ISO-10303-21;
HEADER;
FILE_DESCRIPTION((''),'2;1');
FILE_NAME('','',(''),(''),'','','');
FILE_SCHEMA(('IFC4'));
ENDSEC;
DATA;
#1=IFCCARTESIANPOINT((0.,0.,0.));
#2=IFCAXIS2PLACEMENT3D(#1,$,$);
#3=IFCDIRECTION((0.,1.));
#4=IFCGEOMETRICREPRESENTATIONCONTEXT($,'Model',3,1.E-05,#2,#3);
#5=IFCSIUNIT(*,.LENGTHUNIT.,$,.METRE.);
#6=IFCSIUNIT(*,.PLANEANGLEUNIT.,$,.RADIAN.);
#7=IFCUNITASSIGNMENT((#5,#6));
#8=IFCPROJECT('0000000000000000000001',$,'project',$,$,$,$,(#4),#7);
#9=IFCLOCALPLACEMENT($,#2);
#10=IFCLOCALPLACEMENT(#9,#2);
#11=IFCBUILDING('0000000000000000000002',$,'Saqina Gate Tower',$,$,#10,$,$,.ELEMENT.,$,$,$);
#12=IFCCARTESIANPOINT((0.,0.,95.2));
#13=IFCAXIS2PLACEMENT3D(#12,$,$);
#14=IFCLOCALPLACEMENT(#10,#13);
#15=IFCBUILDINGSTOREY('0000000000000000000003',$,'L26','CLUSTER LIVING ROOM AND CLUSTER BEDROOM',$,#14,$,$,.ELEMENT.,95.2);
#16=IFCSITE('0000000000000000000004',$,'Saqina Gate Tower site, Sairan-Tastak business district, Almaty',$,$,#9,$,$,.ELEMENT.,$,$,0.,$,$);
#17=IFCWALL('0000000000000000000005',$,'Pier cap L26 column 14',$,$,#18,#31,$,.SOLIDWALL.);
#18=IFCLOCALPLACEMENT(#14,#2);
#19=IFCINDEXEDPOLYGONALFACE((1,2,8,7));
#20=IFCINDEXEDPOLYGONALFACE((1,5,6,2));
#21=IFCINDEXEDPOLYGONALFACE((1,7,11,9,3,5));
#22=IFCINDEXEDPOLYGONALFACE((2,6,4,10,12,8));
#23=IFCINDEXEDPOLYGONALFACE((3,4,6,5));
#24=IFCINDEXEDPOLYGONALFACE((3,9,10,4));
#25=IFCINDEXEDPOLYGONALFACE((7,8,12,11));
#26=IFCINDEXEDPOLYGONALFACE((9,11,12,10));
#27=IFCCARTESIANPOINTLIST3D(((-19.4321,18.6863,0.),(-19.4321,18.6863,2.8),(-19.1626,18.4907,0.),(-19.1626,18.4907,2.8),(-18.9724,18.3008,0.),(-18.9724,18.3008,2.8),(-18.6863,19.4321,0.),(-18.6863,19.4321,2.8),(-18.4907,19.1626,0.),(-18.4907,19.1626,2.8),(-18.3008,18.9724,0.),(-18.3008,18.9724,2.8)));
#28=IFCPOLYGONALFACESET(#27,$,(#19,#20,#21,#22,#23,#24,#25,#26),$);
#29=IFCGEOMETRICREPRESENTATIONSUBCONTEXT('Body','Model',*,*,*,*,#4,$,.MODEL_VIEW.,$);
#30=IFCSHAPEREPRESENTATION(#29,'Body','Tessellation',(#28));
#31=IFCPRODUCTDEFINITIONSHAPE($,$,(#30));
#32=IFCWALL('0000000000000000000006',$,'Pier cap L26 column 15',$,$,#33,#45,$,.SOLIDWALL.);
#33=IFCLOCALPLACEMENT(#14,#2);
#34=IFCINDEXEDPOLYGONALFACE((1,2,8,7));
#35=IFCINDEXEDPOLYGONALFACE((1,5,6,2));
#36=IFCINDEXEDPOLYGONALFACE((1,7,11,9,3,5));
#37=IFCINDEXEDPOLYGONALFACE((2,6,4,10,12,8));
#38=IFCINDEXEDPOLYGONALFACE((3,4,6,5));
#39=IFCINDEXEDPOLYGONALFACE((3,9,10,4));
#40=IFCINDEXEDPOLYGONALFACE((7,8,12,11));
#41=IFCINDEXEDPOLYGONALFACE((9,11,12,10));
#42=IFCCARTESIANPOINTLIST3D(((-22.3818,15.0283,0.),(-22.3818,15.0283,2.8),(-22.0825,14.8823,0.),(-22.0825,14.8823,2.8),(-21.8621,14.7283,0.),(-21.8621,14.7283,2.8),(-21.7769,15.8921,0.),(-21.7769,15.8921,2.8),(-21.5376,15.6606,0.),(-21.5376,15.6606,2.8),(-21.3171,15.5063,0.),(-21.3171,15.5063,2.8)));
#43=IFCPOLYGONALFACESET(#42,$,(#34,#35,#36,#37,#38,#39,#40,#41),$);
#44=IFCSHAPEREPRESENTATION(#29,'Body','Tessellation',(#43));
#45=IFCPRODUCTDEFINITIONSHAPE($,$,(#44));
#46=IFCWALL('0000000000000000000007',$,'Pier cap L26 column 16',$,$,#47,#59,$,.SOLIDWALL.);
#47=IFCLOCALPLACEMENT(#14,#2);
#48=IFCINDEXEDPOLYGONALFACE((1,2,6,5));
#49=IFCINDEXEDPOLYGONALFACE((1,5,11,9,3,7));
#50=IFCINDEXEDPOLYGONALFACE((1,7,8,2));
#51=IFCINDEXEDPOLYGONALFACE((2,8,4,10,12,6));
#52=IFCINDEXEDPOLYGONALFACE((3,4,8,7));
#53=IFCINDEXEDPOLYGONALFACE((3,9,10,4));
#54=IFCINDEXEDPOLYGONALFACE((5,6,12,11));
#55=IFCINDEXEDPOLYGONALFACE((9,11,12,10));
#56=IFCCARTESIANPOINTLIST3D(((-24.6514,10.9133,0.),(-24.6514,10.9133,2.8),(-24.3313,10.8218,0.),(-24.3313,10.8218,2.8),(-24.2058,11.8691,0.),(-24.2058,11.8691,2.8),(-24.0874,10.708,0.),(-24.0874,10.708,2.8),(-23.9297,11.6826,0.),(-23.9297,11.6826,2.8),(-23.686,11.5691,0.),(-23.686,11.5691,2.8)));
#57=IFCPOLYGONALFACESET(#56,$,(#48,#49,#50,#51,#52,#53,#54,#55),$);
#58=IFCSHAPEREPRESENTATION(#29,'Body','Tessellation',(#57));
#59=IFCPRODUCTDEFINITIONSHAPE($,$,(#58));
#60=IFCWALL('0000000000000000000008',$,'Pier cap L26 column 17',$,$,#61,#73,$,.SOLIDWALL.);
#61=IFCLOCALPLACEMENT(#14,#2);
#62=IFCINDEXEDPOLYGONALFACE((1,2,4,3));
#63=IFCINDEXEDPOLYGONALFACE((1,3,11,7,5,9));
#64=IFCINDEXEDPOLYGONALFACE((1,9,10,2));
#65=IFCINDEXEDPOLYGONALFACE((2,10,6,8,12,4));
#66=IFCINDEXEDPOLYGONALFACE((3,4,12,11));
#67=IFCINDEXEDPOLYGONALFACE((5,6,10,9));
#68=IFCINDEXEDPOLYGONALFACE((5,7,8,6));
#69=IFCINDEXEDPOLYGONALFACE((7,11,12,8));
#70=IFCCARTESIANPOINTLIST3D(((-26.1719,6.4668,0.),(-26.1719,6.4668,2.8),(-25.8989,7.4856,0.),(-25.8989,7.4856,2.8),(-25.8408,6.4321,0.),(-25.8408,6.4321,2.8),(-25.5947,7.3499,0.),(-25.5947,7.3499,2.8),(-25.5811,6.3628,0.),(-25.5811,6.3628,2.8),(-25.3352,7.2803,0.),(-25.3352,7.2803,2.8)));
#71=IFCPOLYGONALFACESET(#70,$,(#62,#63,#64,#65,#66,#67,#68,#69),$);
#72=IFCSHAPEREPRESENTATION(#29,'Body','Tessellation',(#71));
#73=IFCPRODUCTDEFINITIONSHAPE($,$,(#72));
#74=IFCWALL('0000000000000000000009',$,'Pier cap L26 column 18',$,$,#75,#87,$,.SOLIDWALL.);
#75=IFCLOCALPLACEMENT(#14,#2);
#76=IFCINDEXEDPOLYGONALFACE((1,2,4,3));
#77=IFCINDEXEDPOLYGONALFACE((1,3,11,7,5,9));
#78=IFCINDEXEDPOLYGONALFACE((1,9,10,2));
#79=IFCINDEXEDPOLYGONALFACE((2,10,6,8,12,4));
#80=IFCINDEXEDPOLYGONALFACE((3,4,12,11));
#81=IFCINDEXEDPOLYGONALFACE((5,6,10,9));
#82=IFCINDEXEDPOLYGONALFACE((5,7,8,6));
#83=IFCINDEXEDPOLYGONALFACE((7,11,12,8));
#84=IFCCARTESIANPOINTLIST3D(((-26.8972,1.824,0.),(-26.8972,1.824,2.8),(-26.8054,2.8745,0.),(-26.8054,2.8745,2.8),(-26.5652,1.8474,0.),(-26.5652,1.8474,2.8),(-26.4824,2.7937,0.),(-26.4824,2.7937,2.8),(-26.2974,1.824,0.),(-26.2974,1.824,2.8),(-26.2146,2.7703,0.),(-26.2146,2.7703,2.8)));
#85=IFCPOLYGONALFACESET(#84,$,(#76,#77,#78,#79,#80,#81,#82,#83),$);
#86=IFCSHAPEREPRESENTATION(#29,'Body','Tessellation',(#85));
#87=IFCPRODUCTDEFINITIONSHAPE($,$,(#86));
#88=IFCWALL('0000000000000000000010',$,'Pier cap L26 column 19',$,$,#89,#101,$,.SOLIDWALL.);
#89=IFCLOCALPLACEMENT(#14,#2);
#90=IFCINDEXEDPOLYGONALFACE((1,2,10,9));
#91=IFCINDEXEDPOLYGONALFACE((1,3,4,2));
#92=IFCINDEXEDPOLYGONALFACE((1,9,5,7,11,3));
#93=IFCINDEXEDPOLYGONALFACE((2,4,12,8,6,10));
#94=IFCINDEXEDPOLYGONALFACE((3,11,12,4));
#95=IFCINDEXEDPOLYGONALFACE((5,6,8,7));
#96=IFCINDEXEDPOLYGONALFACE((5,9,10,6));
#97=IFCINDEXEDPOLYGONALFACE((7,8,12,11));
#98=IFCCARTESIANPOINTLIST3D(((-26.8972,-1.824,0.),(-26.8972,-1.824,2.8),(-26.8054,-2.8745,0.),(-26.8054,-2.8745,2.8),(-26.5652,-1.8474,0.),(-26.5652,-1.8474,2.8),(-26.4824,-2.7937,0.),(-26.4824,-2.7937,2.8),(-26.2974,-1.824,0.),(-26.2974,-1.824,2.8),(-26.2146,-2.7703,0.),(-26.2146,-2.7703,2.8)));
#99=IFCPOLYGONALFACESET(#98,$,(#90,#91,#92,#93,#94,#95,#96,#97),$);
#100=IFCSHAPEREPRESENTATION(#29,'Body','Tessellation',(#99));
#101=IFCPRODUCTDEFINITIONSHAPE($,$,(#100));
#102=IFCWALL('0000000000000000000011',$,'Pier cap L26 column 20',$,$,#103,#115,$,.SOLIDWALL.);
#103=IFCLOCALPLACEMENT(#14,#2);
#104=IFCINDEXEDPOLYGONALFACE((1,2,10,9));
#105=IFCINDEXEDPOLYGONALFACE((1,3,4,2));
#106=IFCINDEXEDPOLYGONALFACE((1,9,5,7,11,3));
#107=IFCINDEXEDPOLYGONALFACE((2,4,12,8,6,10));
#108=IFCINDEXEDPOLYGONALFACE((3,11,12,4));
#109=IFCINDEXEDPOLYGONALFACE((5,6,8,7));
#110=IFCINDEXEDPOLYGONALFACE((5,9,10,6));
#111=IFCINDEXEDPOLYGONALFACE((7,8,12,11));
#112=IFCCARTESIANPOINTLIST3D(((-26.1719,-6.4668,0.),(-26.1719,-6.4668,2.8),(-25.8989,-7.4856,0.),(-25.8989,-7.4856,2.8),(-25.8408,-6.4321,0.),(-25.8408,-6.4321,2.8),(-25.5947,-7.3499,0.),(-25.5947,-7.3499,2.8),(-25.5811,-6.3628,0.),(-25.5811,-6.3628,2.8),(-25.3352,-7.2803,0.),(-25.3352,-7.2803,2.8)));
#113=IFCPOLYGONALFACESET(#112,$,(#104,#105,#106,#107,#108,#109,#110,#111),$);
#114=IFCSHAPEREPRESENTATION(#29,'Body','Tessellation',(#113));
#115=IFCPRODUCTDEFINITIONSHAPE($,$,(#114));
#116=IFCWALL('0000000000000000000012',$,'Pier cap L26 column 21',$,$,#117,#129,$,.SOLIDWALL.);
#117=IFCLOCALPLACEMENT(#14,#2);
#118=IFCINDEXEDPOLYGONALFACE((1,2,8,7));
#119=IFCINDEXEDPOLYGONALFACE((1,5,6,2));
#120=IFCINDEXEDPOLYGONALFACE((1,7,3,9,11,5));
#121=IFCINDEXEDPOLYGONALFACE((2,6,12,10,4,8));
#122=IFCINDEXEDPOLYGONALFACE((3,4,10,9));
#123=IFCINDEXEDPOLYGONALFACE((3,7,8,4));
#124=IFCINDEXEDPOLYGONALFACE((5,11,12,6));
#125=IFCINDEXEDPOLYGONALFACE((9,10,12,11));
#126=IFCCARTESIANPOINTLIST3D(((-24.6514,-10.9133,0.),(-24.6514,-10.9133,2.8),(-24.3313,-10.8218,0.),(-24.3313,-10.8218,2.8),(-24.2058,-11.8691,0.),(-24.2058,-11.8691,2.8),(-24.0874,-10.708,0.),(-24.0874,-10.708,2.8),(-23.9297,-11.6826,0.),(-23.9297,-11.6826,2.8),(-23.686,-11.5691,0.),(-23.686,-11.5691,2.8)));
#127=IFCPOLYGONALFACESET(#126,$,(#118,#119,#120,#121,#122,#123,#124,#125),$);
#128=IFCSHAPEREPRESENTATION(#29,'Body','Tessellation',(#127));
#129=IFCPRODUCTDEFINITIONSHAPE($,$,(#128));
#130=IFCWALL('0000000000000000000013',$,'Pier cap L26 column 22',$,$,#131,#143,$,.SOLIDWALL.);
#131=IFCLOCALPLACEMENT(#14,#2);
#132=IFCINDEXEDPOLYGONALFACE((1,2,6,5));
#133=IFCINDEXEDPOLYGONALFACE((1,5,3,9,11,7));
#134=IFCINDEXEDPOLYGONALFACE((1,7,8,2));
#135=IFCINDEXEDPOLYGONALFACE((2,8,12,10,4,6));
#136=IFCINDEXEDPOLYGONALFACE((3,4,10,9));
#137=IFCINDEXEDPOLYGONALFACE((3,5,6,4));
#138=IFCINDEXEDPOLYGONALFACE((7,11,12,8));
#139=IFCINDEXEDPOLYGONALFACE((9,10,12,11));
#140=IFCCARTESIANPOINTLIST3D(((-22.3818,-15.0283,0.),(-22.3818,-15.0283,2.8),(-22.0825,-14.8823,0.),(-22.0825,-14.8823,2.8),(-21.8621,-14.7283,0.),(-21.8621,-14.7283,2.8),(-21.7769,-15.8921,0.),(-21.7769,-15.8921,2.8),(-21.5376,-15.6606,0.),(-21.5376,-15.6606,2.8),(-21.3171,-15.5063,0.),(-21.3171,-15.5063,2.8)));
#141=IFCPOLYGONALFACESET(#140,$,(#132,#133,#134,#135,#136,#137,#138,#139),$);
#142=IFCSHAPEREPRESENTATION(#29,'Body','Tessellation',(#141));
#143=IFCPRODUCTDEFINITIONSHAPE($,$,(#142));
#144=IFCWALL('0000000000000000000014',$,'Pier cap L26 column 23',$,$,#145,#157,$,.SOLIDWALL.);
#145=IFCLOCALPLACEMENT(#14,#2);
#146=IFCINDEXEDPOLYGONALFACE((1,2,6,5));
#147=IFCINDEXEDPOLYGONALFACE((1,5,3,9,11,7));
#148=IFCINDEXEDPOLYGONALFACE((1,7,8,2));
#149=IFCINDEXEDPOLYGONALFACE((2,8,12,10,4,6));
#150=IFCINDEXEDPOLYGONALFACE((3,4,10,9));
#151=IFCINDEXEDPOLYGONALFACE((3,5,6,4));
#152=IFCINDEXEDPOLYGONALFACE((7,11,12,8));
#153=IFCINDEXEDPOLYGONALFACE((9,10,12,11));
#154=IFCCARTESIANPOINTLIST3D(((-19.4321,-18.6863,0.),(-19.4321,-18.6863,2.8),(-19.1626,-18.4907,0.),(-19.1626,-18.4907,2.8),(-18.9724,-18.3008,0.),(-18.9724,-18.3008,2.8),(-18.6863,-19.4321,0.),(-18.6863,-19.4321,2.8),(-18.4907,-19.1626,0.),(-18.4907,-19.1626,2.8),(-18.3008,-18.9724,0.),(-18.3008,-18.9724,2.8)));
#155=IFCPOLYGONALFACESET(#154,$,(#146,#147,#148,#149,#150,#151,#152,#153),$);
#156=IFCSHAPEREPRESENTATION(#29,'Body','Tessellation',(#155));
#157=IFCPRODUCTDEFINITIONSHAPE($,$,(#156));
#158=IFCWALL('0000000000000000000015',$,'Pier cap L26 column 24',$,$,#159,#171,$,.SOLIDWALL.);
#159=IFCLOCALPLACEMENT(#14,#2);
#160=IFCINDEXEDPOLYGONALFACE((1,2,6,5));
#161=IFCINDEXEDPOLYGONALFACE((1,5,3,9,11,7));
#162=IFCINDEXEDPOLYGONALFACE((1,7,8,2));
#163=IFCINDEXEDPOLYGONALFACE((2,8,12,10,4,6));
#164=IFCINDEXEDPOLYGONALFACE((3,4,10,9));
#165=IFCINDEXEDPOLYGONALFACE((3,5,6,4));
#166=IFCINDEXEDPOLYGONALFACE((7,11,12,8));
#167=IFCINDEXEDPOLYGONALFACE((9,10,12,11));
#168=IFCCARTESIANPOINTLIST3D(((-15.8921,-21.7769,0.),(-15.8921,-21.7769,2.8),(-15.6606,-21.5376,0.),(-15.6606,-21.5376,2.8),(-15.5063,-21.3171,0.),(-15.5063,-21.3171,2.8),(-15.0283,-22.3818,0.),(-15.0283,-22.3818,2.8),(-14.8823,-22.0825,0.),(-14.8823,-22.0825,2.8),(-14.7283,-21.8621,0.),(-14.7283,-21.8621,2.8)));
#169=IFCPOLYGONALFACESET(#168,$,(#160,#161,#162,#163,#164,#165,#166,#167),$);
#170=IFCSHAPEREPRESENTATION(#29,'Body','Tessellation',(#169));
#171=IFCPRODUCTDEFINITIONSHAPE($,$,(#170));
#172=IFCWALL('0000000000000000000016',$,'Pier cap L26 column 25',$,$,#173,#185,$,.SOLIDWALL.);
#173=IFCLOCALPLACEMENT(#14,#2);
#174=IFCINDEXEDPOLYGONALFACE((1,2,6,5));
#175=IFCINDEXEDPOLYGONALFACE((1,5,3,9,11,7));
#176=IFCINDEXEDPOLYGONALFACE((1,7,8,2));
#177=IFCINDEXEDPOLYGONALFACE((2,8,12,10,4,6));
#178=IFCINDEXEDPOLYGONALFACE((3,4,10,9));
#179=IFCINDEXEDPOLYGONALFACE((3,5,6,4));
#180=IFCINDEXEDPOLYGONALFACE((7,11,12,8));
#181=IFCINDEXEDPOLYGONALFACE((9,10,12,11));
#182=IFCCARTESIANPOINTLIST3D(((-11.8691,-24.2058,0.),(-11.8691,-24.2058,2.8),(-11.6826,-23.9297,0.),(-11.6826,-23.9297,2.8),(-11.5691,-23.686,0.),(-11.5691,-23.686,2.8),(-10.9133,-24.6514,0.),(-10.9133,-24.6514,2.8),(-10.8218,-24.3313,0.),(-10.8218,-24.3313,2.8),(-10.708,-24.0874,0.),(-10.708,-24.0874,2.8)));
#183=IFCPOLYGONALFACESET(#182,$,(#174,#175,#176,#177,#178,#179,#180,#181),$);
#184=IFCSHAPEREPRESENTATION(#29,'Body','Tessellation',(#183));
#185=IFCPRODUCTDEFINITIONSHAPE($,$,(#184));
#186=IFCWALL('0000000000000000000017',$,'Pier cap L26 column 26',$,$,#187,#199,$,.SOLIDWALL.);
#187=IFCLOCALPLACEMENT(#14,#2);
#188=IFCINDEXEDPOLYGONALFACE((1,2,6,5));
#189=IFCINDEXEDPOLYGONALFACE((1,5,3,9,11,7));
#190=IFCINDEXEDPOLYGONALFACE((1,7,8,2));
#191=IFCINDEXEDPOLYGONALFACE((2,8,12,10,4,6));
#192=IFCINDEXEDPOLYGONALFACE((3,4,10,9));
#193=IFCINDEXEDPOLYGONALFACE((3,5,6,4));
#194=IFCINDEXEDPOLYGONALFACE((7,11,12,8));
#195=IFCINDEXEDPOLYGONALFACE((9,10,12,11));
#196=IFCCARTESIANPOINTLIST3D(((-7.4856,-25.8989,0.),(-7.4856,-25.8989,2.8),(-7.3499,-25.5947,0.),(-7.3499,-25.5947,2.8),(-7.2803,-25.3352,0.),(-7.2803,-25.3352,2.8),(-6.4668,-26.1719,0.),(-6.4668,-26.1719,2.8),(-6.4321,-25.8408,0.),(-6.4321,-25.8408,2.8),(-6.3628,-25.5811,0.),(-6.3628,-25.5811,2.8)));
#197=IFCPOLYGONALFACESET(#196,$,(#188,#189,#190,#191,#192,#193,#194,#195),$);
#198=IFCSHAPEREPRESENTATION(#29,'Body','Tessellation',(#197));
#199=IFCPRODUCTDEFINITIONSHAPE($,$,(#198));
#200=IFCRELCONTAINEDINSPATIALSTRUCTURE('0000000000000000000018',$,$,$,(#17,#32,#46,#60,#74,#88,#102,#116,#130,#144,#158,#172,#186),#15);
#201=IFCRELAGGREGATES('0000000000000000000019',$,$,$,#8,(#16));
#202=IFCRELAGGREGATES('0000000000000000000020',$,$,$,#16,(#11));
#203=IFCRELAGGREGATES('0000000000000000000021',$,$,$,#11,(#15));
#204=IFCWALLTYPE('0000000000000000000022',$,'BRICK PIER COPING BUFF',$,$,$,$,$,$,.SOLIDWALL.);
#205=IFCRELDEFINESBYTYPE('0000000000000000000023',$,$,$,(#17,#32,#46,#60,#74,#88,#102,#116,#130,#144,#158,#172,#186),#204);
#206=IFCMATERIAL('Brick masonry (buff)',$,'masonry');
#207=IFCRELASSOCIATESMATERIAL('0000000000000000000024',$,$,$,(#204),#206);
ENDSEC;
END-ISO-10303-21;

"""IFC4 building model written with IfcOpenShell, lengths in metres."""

from ifc_helpers import new_model, si_unit, direction, frame, origin, place, context, subcontext, project, spatial, polyline, outline, extrude, material, type_object, element, save


model = new_model("IFC4")

# Units and contexts
model_context = context("Model", 3, precision=1e-05, world=origin(), true_north=direction((0.0, 1.0)))
body_context = subcontext(model_context, "Body", "Model", "MODEL_VIEW")
ifc_project = project(units=[si_unit("LENGTHUNIT", "METRE"), si_unit("PLANEANGLEUNIT", "RADIAN")], contexts=[model_context])

# Site, building, storey
site_placement = place(None, origin())
site = spatial("IfcSite", under=ifc_project, at=site_placement, Name="Saqina Gate Tower site, Sairan-Tastak business district, Almaty", CompositionType="ELEMENT", RefElevation=0.0)
building_placement = place(site_placement, origin())
building = spatial("IfcBuilding", under=site, at=building_placement, Name="Saqina Gate Tower", CompositionType="ELEMENT")
storey_placement = place(building_placement, frame((0.0, 0.0, 95.2)))
storey = spatial("IfcBuildingStorey", under=building, at=storey_placement, Name="L26", Description="CLUSTER LIVING ROOM AND CLUSTER BEDROOM", CompositionType="ELEMENT", Elevation=95.2)

# Walls
ifc_material_1 = material(Name="Brick masonry (buff)", Category="masonry")
wall_type_1 = type_object("IfcWallType", Name="BRICK PIER COPING BUFF", PredefinedType="SOLIDWALL", material=ifc_material_1)
wall_1_placement = place(storey_placement, origin())
element("IfcWall", 1, at=wall_1_placement, inside=storey, type_object=wall_type_1, Name="Pier cap L26 column 14", PredefinedType="SOLIDWALL", context=body_context, shape_type="SweptSolid", body=[
    extrude(outline(polyline([(-18.6863, 19.4321), (-19.4321, 18.6863), (-18.9724, 18.3008), (-19.1626, 18.4907), (-18.4907, 19.1626), (-18.3008, 18.9724), (-18.6863, 19.4321)])), origin(), (0.0, 0.0, 1.0), 2.8),
])
wall_2_placement = place(storey_placement, origin())
element("IfcWall", 2, at=wall_2_placement, inside=storey, type_object=wall_type_1, Name="Pier cap L26 column 15", PredefinedType="SOLIDWALL", context=body_context, shape_type="SweptSolid", body=[
    extrude(outline(polyline([(-22.3818, 15.0283), (-21.8621, 14.7283), (-22.0825, 14.8823), (-21.5376, 15.6606), (-21.3171, 15.5063), (-21.7769, 15.8921), (-22.3818, 15.0283)])), origin(), (0.0, 0.0, 1.0), 2.8),
])
wall_3_placement = place(storey_placement, origin())
element("IfcWall", 3, at=wall_3_placement, inside=storey, type_object=wall_type_1, Name="Pier cap L26 column 16", PredefinedType="SOLIDWALL", context=body_context, shape_type="SweptSolid", body=[
    extrude(outline(polyline([(-24.6514, 10.9133), (-24.0874, 10.708), (-24.3313, 10.8218), (-23.9297, 11.6826), (-23.686, 11.5691), (-24.2058, 11.8691), (-24.6514, 10.9133)])), origin(), (0.0, 0.0, 1.0), 2.8),
])
wall_4_placement = place(storey_placement, origin())
element("IfcWall", 4, at=wall_4_placement, inside=storey, type_object=wall_type_1, Name="Pier cap L26 column 17", PredefinedType="SOLIDWALL", context=body_context, shape_type="SweptSolid", body=[
    extrude(outline(polyline([(-25.8989, 7.4856), (-26.1719, 6.4668), (-25.5811, 6.3628), (-25.8408, 6.4321), (-25.5947, 7.3499), (-25.3352, 7.2803), (-25.8989, 7.4856)])), origin(), (0.0, 0.0, 1.0), 2.8),
])
wall_5_placement = place(storey_placement, origin())
element("IfcWall", 5, at=wall_5_placement, inside=storey, type_object=wall_type_1, Name="Pier cap L26 column 18", PredefinedType="SOLIDWALL", context=body_context, shape_type="SweptSolid", body=[
    extrude(outline(polyline([(-26.8054, 2.8745), (-26.8972, 1.824), (-26.2974, 1.824), (-26.5652, 1.8474), (-26.4824, 2.7937), (-26.2146, 2.7703), (-26.8054, 2.8745)])), origin(), (0.0, 0.0, 1.0), 2.8),
])
wall_6_placement = place(storey_placement, origin())
element("IfcWall", 6, at=wall_6_placement, inside=storey, type_object=wall_type_1, Name="Pier cap L26 column 19", PredefinedType="SOLIDWALL", context=body_context, shape_type="SweptSolid", body=[
    extrude(outline(polyline([(-26.8054, -2.8745), (-26.2146, -2.7703), (-26.4824, -2.7937), (-26.5652, -1.8474), (-26.2974, -1.824), (-26.8972, -1.824), (-26.8054, -2.8745)])), origin(), (0.0, 0.0, 1.0), 2.8),
])
wall_7_placement = place(storey_placement, origin())
element("IfcWall", 7, at=wall_7_placement, inside=storey, type_object=wall_type_1, Name="Pier cap L26 column 20", PredefinedType="SOLIDWALL", context=body_context, shape_type="SweptSolid", body=[
    extrude(outline(polyline([(-26.1719, -6.4668), (-25.8989, -7.4856), (-25.3352, -7.2803), (-25.5947, -7.3499), (-25.8408, -6.4321), (-25.5811, -6.3628), (-26.1719, -6.4668)])), origin(), (0.0, 0.0, 1.0), 2.8),
])
wall_8_placement = place(storey_placement, origin())
element("IfcWall", 8, at=wall_8_placement, inside=storey, type_object=wall_type_1, Name="Pier cap L26 column 21", PredefinedType="SOLIDWALL", context=body_context, shape_type="SweptSolid", body=[
    extrude(outline(polyline([(-24.6514, -10.9133), (-24.2058, -11.8691), (-23.686, -11.5691), (-23.9297, -11.6826), (-24.3313, -10.8218), (-24.0874, -10.708), (-24.6514, -10.9133)])), origin(), (0.0, 0.0, 1.0), 2.8),
])
wall_9_placement = place(storey_placement, origin())
element("IfcWall", 9, at=wall_9_placement, inside=storey, type_object=wall_type_1, Name="Pier cap L26 column 22", PredefinedType="SOLIDWALL", context=body_context, shape_type="SweptSolid", body=[
    extrude(outline(polyline([(-21.7769, -15.8921), (-21.3171, -15.5063), (-21.5376, -15.6606), (-22.0825, -14.8823), (-21.8621, -14.7283), (-22.3818, -15.0283), (-21.7769, -15.8921)])), origin(), (0.0, 0.0, 1.0), 2.8),
])
wall_10_placement = place(storey_placement, origin())
element("IfcWall", 10, at=wall_10_placement, inside=storey, type_object=wall_type_1, Name="Pier cap L26 column 23", PredefinedType="SOLIDWALL", context=body_context, shape_type="SweptSolid", body=[
    extrude(outline(polyline([(-19.4321, -18.6863), (-18.6863, -19.4321), (-18.3008, -18.9724), (-18.4907, -19.1626), (-19.1626, -18.4907), (-18.9724, -18.3008), (-19.4321, -18.6863)])), origin(), (0.0, 0.0, 1.0), 2.8),
])
wall_11_placement = place(storey_placement, origin())
element("IfcWall", 11, at=wall_11_placement, inside=storey, type_object=wall_type_1, Name="Pier cap L26 column 24", PredefinedType="SOLIDWALL", context=body_context, shape_type="SweptSolid", body=[
    extrude(outline(polyline([(-15.0283, -22.3818), (-14.7283, -21.8621), (-14.8823, -22.0825), (-15.6606, -21.5376), (-15.5063, -21.3171), (-15.8921, -21.7769), (-15.0283, -22.3818)])), origin(), (0.0, 0.0, 1.0), 2.8),
])
wall_12_placement = place(storey_placement, origin())
element("IfcWall", 12, at=wall_12_placement, inside=storey, type_object=wall_type_1, Name="Pier cap L26 column 25", PredefinedType="SOLIDWALL", context=body_context, shape_type="SweptSolid", body=[
    extrude(outline(polyline([(-10.9133, -24.6514), (-10.708, -24.0874), (-10.8218, -24.3313), (-11.6826, -23.9297), (-11.5691, -23.686), (-11.8691, -24.2058), (-10.9133, -24.6514)])), origin(), (0.0, 0.0, 1.0), 2.8),
])
wall_13_placement = place(storey_placement, origin())
element("IfcWall", 13, at=wall_13_placement, inside=storey, type_object=wall_type_1, Name="Pier cap L26 column 26", PredefinedType="SOLIDWALL", context=body_context, shape_type="SweptSolid", body=[
    extrude(outline(polyline([(-7.4856, -25.8989), (-6.4668, -26.1719), (-6.3628, -25.5811), (-6.4321, -25.8408), (-7.3499, -25.5947), (-7.2803, -25.3352), (-7.4856, -25.8989)])), origin(), (0.0, 0.0, 1.0), 2.8),
])

save(model, "model.ifc")
